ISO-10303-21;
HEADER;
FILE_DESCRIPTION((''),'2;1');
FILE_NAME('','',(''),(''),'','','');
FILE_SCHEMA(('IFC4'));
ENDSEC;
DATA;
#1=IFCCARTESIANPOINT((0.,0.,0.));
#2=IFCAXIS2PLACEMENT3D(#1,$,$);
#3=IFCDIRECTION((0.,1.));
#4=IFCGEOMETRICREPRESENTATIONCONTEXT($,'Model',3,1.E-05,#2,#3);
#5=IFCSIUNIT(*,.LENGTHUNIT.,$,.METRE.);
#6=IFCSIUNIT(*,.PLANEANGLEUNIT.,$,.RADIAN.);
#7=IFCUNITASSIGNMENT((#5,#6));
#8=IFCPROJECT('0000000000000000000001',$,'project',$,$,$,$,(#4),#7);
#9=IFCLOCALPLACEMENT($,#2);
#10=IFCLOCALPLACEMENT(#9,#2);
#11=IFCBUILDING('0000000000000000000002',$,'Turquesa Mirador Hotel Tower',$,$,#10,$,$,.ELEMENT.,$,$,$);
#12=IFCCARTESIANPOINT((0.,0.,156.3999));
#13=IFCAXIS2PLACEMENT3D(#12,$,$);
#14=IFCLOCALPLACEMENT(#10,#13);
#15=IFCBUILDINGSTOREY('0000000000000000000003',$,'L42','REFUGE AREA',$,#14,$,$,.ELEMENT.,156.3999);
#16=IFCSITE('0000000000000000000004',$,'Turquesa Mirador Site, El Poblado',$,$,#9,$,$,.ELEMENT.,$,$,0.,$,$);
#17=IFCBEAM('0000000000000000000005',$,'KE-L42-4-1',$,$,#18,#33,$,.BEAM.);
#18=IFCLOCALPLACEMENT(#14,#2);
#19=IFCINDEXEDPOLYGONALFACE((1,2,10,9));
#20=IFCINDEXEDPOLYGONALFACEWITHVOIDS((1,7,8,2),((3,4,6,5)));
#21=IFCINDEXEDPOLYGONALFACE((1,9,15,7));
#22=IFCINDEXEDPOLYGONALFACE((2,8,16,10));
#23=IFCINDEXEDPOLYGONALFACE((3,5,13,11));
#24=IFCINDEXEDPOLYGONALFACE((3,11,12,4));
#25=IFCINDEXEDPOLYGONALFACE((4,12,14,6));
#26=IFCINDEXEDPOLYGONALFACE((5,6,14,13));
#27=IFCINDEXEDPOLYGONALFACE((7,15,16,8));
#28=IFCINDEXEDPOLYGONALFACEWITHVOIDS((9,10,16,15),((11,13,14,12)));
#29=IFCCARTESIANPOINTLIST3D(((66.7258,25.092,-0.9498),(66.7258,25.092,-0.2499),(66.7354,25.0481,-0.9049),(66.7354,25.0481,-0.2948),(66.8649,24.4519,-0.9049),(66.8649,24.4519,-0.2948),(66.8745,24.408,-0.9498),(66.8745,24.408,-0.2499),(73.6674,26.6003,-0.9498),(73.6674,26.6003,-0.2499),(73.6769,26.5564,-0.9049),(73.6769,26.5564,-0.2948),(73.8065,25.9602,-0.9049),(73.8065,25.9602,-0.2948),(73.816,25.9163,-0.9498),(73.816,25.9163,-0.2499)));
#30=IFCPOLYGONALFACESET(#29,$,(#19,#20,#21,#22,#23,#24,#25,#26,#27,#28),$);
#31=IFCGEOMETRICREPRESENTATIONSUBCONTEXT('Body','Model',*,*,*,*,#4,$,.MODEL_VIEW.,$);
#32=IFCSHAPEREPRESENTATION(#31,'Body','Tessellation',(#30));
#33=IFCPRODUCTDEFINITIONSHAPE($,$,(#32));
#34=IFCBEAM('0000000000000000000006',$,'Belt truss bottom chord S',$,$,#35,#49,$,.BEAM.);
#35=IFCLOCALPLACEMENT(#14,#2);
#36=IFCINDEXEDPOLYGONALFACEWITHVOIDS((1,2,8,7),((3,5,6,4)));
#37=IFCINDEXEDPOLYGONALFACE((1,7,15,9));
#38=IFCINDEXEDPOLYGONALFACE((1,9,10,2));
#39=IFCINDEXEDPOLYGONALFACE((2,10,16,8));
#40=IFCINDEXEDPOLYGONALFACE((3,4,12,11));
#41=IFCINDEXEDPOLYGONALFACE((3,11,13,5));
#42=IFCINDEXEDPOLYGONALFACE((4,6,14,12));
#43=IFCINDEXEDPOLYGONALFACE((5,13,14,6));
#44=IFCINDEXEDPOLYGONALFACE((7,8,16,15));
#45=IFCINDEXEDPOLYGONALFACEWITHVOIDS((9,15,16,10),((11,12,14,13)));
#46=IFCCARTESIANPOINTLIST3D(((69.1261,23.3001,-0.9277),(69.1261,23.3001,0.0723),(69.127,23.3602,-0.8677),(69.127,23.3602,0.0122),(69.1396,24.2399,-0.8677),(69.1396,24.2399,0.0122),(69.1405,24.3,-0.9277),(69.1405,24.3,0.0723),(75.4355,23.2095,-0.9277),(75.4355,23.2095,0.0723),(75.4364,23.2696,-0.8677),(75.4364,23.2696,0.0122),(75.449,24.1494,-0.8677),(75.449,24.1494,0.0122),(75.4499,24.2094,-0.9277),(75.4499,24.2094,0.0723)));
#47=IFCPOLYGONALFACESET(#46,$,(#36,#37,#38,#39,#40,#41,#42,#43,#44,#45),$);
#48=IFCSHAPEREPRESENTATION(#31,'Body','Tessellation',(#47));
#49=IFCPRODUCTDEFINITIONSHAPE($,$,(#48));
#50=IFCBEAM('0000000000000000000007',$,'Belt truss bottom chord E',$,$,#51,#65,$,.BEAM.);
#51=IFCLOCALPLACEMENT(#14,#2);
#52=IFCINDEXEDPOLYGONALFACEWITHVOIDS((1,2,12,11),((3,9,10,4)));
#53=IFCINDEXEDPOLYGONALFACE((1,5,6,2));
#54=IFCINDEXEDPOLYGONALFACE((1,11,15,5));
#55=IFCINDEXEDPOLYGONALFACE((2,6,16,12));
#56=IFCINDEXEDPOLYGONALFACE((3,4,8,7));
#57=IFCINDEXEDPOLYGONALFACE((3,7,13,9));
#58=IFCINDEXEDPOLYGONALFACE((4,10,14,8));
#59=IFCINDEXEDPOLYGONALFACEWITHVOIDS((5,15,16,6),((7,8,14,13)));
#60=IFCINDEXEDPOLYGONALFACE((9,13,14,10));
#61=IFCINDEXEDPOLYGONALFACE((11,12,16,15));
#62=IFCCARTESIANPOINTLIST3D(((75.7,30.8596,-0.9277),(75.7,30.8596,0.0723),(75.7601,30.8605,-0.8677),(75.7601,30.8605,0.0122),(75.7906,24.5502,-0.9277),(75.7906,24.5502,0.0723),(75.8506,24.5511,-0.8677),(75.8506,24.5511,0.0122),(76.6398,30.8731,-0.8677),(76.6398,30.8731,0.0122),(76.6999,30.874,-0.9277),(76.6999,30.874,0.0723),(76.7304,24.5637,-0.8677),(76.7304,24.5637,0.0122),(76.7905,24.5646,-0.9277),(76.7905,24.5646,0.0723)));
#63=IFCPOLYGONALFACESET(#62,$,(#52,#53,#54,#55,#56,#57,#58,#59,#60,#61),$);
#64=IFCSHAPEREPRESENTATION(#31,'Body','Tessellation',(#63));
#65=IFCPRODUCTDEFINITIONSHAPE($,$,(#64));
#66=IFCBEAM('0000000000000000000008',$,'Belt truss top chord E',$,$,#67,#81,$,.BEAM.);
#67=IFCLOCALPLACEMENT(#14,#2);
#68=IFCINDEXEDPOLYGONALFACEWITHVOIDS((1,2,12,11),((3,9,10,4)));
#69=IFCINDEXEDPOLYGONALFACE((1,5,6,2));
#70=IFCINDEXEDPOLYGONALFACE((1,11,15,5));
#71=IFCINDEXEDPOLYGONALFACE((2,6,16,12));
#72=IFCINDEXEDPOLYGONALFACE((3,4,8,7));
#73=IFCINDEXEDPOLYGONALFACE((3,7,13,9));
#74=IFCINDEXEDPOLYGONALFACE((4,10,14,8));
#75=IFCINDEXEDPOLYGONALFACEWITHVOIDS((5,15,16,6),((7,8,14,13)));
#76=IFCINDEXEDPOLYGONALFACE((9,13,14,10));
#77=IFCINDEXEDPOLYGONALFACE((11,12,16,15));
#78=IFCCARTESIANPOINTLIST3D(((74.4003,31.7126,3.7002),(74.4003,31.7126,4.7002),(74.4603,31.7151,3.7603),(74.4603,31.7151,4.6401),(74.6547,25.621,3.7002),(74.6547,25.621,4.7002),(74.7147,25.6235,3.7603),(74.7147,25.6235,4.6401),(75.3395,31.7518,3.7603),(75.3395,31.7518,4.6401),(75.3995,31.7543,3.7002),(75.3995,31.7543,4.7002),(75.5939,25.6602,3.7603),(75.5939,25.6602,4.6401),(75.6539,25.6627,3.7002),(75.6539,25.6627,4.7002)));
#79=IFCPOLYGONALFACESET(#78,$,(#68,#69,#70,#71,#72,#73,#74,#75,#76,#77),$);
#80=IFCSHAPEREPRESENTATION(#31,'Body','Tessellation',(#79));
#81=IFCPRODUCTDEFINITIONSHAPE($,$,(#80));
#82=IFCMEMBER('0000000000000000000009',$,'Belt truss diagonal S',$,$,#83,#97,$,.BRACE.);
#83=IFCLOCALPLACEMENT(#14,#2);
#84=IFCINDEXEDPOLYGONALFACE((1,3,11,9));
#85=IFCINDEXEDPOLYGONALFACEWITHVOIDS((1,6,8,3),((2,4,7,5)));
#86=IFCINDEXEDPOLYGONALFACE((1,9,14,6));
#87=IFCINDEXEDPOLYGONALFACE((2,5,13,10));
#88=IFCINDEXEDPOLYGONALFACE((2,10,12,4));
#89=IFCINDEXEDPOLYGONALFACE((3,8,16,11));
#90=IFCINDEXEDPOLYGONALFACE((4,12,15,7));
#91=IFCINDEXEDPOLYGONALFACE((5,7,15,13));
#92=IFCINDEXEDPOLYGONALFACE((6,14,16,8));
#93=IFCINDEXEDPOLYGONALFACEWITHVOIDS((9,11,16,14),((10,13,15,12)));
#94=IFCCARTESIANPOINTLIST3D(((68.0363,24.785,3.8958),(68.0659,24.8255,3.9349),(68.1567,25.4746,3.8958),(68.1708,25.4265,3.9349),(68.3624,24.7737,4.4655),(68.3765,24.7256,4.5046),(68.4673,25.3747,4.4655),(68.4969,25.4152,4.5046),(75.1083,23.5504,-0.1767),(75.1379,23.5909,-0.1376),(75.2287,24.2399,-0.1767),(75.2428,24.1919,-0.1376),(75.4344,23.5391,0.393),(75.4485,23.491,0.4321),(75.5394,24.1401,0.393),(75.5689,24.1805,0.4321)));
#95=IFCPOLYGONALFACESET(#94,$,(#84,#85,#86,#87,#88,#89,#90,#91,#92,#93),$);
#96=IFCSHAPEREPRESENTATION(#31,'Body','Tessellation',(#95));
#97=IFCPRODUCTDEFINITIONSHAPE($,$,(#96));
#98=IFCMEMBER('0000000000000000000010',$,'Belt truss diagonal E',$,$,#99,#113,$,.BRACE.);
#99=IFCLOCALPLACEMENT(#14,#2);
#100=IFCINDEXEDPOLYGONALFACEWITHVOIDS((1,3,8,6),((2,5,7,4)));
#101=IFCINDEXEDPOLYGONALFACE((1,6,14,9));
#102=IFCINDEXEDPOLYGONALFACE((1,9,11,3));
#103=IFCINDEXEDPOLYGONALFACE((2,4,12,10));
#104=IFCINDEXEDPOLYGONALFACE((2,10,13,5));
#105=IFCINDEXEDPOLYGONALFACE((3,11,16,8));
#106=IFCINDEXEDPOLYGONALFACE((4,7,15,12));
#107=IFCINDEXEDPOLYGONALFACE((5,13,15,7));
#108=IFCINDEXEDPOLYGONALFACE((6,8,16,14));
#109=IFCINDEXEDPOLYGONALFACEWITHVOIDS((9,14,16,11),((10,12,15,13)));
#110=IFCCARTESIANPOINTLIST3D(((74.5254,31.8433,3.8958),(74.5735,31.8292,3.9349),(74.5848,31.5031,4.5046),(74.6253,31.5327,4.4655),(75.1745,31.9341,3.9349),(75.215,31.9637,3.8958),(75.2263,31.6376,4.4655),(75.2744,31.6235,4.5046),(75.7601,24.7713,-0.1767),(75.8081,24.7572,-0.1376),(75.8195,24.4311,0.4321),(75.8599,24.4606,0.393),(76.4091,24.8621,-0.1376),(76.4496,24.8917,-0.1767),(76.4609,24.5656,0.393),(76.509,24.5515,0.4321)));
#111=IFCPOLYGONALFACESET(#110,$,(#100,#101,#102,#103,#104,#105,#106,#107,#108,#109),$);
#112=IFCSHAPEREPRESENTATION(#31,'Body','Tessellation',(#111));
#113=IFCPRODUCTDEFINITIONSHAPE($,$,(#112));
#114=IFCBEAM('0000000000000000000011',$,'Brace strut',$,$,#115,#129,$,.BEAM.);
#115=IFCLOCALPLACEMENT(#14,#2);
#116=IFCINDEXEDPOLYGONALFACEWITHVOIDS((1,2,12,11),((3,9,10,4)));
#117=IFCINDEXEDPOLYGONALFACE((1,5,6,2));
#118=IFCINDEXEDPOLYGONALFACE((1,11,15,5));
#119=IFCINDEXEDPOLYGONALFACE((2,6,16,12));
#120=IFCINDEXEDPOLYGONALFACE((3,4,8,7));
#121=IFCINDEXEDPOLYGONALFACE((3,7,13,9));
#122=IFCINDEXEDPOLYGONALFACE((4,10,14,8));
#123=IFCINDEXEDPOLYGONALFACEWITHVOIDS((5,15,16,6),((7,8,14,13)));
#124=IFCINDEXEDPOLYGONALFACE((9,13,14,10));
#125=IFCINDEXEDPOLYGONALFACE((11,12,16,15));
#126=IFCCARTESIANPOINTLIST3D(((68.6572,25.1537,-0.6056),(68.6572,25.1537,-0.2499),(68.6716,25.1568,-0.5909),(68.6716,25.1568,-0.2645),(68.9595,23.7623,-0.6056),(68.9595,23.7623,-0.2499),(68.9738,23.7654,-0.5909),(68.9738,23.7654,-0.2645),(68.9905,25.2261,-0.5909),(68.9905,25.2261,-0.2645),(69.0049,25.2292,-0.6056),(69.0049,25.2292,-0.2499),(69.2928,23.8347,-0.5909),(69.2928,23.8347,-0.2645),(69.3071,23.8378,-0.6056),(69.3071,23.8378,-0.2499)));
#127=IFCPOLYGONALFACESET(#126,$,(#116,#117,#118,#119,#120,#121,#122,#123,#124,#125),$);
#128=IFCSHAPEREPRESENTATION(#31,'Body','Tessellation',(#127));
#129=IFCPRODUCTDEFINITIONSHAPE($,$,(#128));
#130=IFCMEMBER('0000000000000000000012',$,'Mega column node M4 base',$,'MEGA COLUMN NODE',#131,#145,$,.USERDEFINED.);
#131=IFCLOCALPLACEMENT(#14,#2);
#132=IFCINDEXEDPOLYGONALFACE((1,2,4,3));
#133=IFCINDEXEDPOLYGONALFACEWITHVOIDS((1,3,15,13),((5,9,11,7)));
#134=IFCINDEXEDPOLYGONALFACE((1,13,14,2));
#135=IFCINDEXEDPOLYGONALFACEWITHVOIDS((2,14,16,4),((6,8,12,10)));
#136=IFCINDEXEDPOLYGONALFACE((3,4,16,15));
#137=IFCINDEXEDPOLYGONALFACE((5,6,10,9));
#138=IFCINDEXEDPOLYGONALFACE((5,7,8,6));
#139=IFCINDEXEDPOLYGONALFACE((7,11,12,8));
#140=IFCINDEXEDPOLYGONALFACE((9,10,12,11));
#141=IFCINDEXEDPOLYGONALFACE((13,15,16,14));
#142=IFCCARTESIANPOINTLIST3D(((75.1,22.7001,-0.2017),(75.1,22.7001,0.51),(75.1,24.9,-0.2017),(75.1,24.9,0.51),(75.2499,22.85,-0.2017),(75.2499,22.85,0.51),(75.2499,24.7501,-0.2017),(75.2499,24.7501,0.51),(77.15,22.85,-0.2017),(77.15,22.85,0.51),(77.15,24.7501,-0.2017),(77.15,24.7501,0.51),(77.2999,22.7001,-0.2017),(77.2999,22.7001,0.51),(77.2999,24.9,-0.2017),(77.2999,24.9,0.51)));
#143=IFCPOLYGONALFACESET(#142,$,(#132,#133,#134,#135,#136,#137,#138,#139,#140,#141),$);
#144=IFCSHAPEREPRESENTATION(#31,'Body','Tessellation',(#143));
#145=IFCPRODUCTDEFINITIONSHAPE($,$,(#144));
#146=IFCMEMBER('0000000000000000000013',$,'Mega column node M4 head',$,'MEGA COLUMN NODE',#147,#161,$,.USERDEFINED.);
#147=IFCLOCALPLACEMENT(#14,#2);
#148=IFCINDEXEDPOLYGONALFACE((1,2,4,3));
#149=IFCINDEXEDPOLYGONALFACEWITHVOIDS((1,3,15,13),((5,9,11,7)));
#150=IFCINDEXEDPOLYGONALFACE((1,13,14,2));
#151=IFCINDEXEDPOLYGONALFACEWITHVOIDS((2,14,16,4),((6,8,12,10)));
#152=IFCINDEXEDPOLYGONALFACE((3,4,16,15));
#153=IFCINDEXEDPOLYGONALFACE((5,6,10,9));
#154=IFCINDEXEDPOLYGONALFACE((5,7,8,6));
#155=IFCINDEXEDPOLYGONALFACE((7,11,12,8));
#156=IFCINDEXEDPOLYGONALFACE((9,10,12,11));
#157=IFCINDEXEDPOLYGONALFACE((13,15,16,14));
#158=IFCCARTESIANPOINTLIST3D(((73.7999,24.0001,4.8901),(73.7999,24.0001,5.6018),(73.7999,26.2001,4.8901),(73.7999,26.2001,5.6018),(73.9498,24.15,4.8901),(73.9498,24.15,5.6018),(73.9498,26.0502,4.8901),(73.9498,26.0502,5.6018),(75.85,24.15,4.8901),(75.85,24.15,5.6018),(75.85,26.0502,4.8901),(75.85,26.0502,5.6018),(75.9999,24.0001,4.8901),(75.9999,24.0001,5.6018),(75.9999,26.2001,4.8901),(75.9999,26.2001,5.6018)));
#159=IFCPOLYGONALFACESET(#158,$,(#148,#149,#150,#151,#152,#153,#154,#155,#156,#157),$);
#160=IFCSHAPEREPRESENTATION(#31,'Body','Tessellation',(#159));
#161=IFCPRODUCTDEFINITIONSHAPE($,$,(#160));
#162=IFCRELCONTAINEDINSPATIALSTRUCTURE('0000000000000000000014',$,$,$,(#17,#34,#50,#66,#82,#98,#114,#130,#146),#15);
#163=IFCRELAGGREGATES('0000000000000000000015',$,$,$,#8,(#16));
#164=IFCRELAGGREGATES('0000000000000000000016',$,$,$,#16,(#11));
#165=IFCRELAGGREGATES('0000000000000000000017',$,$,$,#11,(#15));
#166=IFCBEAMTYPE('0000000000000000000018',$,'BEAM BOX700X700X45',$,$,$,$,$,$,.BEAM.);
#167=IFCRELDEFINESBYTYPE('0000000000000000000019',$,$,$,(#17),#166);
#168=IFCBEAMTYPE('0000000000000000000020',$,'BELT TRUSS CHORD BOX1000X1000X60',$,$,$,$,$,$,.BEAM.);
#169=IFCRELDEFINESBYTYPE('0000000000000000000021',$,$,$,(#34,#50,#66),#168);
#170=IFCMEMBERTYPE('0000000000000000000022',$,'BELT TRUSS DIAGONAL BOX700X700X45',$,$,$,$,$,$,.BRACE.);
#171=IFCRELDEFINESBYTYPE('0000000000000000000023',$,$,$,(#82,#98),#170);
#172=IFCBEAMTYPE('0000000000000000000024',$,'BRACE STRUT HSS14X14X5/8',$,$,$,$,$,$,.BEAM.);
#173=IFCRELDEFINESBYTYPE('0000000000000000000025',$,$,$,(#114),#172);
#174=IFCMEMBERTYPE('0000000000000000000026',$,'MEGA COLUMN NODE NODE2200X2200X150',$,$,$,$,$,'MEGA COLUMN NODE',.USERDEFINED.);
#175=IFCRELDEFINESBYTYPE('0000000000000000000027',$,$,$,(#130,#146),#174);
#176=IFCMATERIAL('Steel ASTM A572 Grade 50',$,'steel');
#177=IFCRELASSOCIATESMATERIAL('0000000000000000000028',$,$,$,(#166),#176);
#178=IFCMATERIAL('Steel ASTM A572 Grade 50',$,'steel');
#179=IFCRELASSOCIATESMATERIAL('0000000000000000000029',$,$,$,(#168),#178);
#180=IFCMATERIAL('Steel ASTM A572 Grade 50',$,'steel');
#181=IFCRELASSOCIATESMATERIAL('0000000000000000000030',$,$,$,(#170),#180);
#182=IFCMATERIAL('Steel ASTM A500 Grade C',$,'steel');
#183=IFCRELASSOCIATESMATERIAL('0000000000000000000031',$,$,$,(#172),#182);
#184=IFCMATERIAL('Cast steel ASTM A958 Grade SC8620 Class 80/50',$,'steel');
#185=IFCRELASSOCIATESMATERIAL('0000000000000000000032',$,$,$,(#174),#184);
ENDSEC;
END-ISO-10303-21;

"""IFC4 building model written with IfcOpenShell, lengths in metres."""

from ifc_helpers import new_model, si_unit, direction, frame, origin, origin_2d, place, context, subcontext, project, spatial, hollow_rectangle, extrude, material, material_profile, profile_set, type_object, element, save


model = new_model("IFC4")

# Units and contexts
model_context = context("Model", 3, precision=1e-05, world=origin(), true_north=direction((0.0, 1.0)))
body_context = subcontext(model_context, "Body", "Model", "MODEL_VIEW")
ifc_project = project(units=[si_unit("LENGTHUNIT", "METRE"), si_unit("PLANEANGLEUNIT", "RADIAN")], contexts=[model_context])

# Site, building, storey
site_placement = place(None, origin())
site = spatial("IfcSite", under=ifc_project, at=site_placement, Name="Turquesa Mirador Site, El Poblado", CompositionType="ELEMENT", RefElevation=0.0)
building_placement = place(site_placement, origin())
building = spatial("IfcBuilding", under=site, at=building_placement, Name="Turquesa Mirador Hotel Tower", CompositionType="ELEMENT")
storey_placement = place(building_placement, frame((0.0, 0.0, 156.3999)))
storey = spatial("IfcBuildingStorey", under=building, at=storey_placement, Name="L42", Description="REFUGE AREA", CompositionType="ELEMENT", Elevation=156.3999)

# Beams
ifc_material_1 = material(Name="Steel ASTM A572 Grade 50", Category="steel")
ifc_material_profile_1 = material_profile(ifc_material_1, hollow_rectangle(XDim=0.7, YDim=0.7, WallThickness=0.0449, at=origin_2d()), Name="BOX700X700X45")
ifc_profile_set_1 = profile_set([ifc_material_profile_1], Name="Steel ASTM A572 Grade 50")
beam_type_1 = type_object("IfcBeamType", Name="BEAM BOX700X700X45", PredefinedType="BEAM", material=ifc_profile_set_1)
beam_1_placement = place(storey_placement, frame((73.7417, 26.2583, -0.5999), z_axis=(-0.977198, -0.212328, 0.0), x_axis=(0.212328, -0.977198, 0.0)))
element("IfcBeam", 1, at=beam_1_placement, inside=storey, type_object=beam_type_1, Name="KE-L42-4-1", PredefinedType="BEAM", context=body_context, shape_type="SweptSolid", body=[
    extrude(hollow_rectangle(XDim=0.7, YDim=0.7, WallThickness=0.0449, at=origin_2d()), origin(), (0.0, 0.0, 1.0), 7.1035),
])
ifc_material_2 = material(Name="Steel ASTM A572 Grade 50", Category="steel")
ifc_material_profile_2 = material_profile(ifc_material_2, hollow_rectangle(XDim=1.0, YDim=1.0, WallThickness=0.0601, at=origin_2d()), Name="BOX1000X1000X60")
ifc_profile_set_2 = profile_set([ifc_material_profile_2], Name="Steel ASTM A572 Grade 50")
beam_type_2 = type_object("IfcBeamType", Name="BELT TRUSS CHORD BOX1000X1000X60", PredefinedType="BEAM", material=ifc_profile_set_2)
for number, where, z_axis, x_axis, name in (
    (2, (69.1333, 23.8, -0.4277), (0.999897, -0.014354, 0.0), (0.014354, 0.999897, 0.0), "Belt truss bottom chord S"),
    (3, (76.2905, 24.5574, -0.4277), (-0.014354, 0.999897, 0.0), (-0.999897, -0.014354, 0.0), "Belt truss bottom chord E"),
):
    element("IfcBeam", number, at=place(storey_placement, frame(where, z_axis=z_axis, x_axis=x_axis)), inside=storey, type_object=beam_type_2, Name=name, PredefinedType="BEAM", context=body_context, shape_type="SweptSolid", body=[
        extrude(hollow_rectangle(XDim=1.0, YDim=1.0, WallThickness=0.0601, at=origin_2d()), origin(), (0.0, 0.0, 1.0), 6.3101),
    ])
beam_2_placement = place(storey_placement, frame((75.1543, 25.6418, 4.2002), z_axis=(-0.041725, 0.999129, 0.0), x_axis=(-0.999129, -0.041725, 0.0)))
element("IfcBeam", 4, at=beam_2_placement, inside=storey, type_object=beam_type_2, Name="Belt truss top chord E", PredefinedType="BEAM", context=body_context, shape_type="SweptSolid", body=[
    extrude(hollow_rectangle(XDim=1.0, YDim=1.0, WallThickness=0.0601, at=origin_2d()), origin(), (0.0, 0.0, 1.0), 6.0969),
])

# Members
ifc_material_3 = material(Name="Steel ASTM A572 Grade 50", Category="steel")
ifc_material_profile_3 = material_profile(ifc_material_3, hollow_rectangle(XDim=0.7, YDim=0.7, WallThickness=0.0449, at=origin_2d()), Name="BOX700X700X45")
ifc_profile_set_3 = profile_set([ifc_material_profile_3], Name="Steel ASTM A572 Grade 50")
member_type_1 = type_object("IfcMemberType", Name="BELT TRUSS DIAGONAL BOX700X700X45", PredefinedType="BRACE", material=ifc_profile_set_3)
for number, where, z_axis, x_axis, name in (
    (5, (68.2666, 25.1001, 4.2002), (0.856833, -0.149584, -0.493418), (0.171977, 0.985101, 0.0), "Belt truss diagonal S"),
    (6, (76.1345, 24.6614, 0.1277), (-0.149584, 0.856833, 0.493418), (-0.985101, -0.171977, 0.0), "Belt truss diagonal E"),
):
    element("IfcMember", number, at=place(storey_placement, frame(where, z_axis=z_axis, x_axis=x_axis)), inside=storey, type_object=member_type_1, Name=name, PredefinedType="BRACE", context=body_context, shape_type="SweptSolid", body=[
        extrude(hollow_rectangle(XDim=0.7, YDim=0.7, WallThickness=0.0449, at=origin_2d()), origin(), (0.0, 0.0, 1.0), 8.2537),
    ])

# Beam
ifc_material_4 = material(Name="Steel ASTM A500 Grade C", Category="steel")
ifc_material_profile_4 = material_profile(ifc_material_4, hollow_rectangle(XDim=0.3557, YDim=0.3557, WallThickness=0.0146, at=origin_2d()), Name="HSS14X14X5/8")
ifc_profile_set_4 = profile_set([ifc_material_profile_4], Name="Steel ASTM A500 Grade C")
beam_type_3 = type_object("IfcBeamType", Name="BRACE STRUT HSS14X14X5/8", PredefinedType="BEAM", material=ifc_profile_set_4)
beam_3_placement = place(storey_placement, frame((69.1333, 23.8, -0.4277), z_axis=(-0.21228, 0.977209, 0.0), x_axis=(-0.977209, -0.21228, 0.0)))
element("IfcBeam", 7, at=beam_3_placement, inside=storey, type_object=beam_type_3, Name="Brace strut", PredefinedType="BEAM", context=body_context, shape_type="SweptSolid", body=[
    extrude(hollow_rectangle(XDim=0.3557, YDim=0.3557, WallThickness=0.0146, at=origin_2d()), origin(), (0.0, 0.0, 1.0), 1.4238),
])

# Members
ifc_material_5 = material(Name="Cast steel ASTM A958 Grade SC8620 Class 80/50", Category="steel")
ifc_material_profile_5 = material_profile(ifc_material_5, hollow_rectangle(XDim=2.2, YDim=2.2, WallThickness=0.1499, at=origin_2d()), Name="NODE2200X2200X150")
ifc_profile_set_5 = profile_set([ifc_material_profile_5], Name="Cast steel ASTM A958 Grade SC8620 Class 80/50")
member_type_2 = type_object("IfcMemberType", Name="MEGA COLUMN NODE NODE2200X2200X150", ElementType="MEGA COLUMN NODE", PredefinedType="USERDEFINED", material=ifc_profile_set_5)
for number, where, z_axis, x_axis, name in (
    (8, (76.2, 23.8, -0.2017), (0.0, 0.0, 1.0), (1.0, 0.0, 0.0), "Mega column node M4 base"),
    (9, (74.8999, 25.1001, 4.8901), (0.0, 0.0, 1.0), (1.0, 0.0, 0.0), "Mega column node M4 head"),
):
    element("IfcMember", number, at=place(storey_placement, frame(where, z_axis=z_axis, x_axis=x_axis)), inside=storey, type_object=member_type_2, Name=name, ObjectType="MEGA COLUMN NODE", PredefinedType="USERDEFINED", context=body_context, shape_type="SweptSolid", body=[
        extrude(hollow_rectangle(XDim=2.2, YDim=2.2, WallThickness=0.1499, at=origin_2d()), origin(), (0.0, 0.0, 1.0), 0.7117),
    ])

save(model, "model.ifc")
